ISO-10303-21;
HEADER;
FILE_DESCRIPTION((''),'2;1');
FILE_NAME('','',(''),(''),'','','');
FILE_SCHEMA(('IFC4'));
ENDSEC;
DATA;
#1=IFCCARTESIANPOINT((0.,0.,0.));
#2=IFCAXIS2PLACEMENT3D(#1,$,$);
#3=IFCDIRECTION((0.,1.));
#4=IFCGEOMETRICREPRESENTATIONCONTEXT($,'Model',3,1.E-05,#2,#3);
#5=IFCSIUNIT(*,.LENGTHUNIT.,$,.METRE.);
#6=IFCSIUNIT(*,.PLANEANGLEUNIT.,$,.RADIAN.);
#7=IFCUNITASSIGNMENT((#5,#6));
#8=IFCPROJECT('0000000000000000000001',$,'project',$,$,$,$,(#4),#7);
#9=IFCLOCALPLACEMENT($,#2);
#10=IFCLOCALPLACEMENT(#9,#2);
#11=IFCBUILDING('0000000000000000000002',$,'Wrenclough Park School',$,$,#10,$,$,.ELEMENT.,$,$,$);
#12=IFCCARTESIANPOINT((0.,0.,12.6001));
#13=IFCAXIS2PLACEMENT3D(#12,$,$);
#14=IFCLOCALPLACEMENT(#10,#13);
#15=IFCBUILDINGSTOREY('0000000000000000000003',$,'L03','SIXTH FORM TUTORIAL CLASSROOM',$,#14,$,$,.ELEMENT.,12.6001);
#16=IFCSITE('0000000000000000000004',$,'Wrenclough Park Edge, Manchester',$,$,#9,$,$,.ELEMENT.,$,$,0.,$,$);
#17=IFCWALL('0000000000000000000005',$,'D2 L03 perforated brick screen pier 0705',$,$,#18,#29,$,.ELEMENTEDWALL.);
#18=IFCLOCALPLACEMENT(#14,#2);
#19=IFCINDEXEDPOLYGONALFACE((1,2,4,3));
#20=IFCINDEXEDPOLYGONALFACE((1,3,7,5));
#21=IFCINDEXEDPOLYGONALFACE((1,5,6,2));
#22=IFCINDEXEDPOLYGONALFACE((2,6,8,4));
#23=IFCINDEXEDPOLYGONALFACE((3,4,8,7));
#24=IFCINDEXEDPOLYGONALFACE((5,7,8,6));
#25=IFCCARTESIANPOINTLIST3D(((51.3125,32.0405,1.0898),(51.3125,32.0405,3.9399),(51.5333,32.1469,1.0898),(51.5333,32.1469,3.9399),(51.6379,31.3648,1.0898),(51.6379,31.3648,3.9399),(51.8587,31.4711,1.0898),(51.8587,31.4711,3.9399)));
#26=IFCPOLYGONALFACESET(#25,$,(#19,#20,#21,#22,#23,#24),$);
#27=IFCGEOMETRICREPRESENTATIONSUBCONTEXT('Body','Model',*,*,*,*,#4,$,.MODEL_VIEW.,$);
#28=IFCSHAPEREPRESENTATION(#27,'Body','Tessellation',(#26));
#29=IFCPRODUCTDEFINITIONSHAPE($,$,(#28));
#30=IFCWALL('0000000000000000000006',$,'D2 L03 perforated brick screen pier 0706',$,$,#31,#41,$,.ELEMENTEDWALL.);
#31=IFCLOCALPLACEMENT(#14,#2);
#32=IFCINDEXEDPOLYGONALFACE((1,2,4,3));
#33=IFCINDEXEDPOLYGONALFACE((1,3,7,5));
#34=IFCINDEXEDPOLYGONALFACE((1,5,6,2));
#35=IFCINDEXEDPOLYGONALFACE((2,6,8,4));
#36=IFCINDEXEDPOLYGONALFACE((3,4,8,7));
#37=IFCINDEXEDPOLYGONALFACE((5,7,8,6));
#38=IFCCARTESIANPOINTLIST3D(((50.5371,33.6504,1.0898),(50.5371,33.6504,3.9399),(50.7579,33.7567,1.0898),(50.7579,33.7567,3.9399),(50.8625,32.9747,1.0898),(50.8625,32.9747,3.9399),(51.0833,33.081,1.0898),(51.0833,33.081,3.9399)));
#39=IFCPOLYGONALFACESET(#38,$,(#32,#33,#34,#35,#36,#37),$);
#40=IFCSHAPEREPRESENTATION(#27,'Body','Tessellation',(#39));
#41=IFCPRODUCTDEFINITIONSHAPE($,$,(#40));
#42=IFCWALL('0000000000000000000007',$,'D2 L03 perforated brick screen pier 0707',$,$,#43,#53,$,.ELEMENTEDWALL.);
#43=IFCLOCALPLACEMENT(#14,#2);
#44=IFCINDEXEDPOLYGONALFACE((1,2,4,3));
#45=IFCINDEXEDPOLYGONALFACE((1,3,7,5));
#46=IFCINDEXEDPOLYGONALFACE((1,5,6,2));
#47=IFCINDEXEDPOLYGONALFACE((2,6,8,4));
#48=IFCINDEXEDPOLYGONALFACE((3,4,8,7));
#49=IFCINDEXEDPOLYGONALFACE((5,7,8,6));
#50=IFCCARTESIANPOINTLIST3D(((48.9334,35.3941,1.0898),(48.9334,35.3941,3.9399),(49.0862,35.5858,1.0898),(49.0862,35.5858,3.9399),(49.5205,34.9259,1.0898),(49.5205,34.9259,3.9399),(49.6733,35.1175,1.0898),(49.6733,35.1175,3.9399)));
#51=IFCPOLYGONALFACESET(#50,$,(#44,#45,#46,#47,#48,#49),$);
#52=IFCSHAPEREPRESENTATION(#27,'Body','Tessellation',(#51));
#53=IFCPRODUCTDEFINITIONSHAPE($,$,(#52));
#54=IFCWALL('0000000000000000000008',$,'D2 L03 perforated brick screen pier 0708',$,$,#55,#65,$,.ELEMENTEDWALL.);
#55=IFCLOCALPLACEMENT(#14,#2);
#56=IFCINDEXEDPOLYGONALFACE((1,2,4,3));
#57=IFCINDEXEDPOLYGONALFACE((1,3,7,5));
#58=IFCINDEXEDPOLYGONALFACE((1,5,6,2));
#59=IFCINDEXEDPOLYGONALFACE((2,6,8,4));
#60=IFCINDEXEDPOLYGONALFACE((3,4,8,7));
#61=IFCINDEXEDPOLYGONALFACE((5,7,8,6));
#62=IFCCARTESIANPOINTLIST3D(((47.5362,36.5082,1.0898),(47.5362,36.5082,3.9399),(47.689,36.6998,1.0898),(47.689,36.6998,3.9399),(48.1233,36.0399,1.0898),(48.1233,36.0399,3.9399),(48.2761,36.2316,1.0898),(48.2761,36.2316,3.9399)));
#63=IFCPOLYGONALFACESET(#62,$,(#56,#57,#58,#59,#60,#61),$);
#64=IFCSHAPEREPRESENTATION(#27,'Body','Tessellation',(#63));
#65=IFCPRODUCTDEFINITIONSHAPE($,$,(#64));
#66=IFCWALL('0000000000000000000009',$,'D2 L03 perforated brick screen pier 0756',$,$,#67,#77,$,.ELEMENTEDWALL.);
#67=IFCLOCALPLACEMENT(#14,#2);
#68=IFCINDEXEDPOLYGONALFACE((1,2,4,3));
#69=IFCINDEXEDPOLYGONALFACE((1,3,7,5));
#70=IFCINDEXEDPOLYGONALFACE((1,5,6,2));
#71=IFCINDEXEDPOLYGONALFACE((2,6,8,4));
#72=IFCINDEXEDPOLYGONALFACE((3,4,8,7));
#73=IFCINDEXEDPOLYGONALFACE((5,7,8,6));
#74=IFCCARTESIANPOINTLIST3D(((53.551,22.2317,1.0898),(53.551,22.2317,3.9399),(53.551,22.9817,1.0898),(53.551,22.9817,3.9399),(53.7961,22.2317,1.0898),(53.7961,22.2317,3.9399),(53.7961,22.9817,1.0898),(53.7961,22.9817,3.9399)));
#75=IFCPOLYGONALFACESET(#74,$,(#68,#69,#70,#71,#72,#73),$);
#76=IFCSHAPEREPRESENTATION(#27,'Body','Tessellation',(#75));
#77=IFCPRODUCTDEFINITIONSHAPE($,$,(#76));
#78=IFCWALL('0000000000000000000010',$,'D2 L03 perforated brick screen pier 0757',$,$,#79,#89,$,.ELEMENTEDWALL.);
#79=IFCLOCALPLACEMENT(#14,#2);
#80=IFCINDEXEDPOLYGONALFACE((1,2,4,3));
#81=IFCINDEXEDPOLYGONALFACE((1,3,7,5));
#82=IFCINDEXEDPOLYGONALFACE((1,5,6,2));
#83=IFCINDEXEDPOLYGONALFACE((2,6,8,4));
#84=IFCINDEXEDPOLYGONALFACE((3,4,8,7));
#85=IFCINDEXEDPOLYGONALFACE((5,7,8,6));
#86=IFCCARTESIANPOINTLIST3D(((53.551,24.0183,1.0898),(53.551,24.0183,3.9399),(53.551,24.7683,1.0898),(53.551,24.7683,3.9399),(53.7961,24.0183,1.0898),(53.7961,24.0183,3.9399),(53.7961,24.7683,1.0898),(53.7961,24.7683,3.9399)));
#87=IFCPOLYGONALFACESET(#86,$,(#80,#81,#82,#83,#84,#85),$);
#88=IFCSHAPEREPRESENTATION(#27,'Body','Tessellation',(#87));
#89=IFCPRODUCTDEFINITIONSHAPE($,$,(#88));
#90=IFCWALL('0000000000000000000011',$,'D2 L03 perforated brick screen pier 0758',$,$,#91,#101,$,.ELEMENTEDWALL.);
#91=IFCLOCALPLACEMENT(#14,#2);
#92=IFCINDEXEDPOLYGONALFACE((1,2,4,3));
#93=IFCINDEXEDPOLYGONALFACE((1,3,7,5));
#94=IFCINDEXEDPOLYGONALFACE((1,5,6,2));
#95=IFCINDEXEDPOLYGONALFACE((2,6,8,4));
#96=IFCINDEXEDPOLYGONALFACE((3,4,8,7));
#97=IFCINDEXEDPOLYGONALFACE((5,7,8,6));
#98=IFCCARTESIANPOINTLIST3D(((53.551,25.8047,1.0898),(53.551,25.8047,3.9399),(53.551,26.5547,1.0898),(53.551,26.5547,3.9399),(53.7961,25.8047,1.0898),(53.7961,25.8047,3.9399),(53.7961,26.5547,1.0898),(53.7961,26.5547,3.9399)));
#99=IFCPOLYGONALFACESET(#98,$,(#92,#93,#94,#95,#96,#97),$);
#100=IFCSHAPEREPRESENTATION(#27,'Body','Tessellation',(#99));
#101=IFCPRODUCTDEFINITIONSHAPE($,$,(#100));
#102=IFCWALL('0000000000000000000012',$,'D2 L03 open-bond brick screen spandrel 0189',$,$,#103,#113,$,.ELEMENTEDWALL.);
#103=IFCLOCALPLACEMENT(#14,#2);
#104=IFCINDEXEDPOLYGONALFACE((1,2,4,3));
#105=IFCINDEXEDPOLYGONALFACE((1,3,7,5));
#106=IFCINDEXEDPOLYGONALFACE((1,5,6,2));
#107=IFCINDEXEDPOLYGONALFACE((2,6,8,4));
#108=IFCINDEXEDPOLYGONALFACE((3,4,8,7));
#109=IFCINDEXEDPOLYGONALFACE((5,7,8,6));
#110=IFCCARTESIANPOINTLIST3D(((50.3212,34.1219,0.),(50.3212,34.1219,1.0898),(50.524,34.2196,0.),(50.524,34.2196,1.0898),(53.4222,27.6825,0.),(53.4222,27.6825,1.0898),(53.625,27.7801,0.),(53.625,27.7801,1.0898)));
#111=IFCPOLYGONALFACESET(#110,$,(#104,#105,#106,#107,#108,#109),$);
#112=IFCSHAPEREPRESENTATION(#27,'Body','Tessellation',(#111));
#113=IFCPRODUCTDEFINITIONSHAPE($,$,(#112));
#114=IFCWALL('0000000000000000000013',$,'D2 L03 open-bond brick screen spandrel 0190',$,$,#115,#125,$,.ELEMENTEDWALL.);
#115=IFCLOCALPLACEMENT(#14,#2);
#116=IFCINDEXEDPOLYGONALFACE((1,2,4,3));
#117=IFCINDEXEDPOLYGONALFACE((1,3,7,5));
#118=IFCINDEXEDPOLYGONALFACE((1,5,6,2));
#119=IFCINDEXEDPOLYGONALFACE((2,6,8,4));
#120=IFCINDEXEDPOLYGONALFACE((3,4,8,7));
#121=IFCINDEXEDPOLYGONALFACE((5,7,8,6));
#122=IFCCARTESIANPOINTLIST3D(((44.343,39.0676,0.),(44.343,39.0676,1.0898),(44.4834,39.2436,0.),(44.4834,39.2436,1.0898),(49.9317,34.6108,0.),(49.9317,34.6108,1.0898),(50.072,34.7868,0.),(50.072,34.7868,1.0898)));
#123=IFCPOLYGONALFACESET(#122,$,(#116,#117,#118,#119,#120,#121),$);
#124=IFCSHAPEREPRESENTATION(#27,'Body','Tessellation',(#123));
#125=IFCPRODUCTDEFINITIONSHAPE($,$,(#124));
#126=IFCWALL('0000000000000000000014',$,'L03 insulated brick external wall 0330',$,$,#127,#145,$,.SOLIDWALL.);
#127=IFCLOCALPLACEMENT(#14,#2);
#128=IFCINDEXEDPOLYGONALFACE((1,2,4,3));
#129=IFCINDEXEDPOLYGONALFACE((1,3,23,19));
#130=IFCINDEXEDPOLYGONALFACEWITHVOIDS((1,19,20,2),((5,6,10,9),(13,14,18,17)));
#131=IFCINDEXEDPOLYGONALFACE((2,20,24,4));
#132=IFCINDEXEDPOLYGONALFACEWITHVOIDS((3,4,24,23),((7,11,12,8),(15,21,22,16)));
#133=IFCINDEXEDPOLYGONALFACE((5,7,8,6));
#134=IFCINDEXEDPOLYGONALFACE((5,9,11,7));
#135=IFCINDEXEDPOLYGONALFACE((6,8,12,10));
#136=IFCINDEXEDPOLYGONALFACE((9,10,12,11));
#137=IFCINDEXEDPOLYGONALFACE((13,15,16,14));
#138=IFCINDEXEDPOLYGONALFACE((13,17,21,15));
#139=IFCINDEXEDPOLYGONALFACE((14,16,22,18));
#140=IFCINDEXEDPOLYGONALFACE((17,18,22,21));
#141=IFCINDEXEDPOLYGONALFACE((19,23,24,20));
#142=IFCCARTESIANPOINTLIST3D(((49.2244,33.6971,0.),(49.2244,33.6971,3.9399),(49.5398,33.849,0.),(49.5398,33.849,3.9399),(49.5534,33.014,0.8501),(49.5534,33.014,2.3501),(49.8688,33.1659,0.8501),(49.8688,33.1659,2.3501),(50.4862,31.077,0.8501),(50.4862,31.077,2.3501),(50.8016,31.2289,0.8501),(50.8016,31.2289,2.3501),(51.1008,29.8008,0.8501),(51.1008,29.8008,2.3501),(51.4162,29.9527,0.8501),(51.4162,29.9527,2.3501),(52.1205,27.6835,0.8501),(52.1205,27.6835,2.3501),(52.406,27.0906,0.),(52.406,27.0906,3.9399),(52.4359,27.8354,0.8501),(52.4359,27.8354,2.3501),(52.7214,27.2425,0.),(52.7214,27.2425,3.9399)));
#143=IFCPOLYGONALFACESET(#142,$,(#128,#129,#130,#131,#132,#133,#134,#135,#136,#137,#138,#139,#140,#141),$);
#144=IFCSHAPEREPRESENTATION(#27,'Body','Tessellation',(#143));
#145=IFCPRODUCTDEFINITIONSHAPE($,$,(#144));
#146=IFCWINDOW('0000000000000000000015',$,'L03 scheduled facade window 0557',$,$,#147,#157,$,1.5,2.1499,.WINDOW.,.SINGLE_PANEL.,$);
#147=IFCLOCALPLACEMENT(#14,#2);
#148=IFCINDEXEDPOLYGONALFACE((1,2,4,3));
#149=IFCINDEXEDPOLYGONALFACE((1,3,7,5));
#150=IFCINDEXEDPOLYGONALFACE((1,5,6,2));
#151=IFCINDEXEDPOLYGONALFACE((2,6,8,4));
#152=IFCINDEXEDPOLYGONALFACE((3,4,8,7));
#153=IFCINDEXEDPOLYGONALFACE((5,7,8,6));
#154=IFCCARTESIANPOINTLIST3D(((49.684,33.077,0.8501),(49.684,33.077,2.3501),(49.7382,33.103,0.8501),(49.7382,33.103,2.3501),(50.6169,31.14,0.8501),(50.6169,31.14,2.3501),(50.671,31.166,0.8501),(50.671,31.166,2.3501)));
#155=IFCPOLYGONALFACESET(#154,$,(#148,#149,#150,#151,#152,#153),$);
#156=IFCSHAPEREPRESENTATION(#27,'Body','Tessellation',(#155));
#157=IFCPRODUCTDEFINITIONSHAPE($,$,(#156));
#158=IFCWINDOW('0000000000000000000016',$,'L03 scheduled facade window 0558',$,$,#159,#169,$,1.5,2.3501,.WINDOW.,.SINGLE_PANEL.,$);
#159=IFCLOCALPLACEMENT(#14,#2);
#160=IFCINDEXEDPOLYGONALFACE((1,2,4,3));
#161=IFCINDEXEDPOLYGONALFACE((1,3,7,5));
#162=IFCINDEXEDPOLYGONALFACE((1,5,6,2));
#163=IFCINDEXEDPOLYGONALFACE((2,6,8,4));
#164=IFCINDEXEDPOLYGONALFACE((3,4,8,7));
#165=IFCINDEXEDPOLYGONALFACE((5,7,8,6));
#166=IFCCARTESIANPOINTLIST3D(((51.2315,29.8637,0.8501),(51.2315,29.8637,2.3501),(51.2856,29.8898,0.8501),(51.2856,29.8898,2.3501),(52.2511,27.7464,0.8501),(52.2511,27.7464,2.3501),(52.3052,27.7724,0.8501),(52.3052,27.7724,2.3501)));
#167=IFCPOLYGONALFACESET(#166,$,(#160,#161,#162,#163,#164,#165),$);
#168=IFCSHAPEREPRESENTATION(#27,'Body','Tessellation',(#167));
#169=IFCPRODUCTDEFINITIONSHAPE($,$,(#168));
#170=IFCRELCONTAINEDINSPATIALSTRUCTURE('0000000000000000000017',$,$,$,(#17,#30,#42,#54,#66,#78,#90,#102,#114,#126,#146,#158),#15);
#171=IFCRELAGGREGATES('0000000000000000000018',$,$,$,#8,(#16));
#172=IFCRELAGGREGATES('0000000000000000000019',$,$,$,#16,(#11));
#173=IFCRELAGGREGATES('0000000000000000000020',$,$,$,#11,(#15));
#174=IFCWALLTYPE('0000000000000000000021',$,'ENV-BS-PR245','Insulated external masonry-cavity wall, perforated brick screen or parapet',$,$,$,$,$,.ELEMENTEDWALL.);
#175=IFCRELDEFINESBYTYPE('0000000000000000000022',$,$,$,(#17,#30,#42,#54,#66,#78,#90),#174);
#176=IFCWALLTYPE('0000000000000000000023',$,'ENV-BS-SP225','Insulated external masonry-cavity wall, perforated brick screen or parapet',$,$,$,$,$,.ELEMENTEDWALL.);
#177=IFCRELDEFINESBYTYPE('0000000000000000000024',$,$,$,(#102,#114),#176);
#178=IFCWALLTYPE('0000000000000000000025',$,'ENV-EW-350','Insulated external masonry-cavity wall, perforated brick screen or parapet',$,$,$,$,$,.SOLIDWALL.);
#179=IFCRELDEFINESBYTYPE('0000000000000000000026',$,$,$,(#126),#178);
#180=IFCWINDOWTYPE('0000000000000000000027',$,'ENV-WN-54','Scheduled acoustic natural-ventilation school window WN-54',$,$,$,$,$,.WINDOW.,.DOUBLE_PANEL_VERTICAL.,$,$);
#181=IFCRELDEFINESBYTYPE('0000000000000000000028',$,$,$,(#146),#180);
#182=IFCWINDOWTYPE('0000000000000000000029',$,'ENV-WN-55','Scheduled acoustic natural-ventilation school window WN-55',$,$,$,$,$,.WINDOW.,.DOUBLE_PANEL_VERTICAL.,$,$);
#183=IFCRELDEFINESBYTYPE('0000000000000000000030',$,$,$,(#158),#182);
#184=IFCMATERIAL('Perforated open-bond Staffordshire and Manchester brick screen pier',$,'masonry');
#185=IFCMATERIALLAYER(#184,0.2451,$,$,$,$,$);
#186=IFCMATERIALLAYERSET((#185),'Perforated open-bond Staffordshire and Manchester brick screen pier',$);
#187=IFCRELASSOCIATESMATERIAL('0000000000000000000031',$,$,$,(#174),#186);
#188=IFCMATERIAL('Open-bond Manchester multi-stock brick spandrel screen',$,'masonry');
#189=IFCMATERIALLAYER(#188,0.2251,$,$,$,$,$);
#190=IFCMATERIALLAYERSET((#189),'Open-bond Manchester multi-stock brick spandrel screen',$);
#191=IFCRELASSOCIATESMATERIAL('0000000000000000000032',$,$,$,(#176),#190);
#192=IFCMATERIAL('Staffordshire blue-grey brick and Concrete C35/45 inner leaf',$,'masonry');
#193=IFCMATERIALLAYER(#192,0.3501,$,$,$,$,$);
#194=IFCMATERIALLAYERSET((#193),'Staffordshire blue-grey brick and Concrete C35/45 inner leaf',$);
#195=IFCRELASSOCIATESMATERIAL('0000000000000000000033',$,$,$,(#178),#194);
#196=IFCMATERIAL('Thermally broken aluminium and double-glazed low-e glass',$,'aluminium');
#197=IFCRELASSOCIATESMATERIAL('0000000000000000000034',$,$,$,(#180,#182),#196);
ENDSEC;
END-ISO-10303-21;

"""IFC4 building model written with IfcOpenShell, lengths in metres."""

from ifc_helpers import new_model, si_unit, direction, frame, frame_2d, origin, place, context, subcontext, project, spatial, rectangle, extrude, material, layer, layer_set, type_object, element, fill, save


model = new_model("IFC4")

# Units and contexts
model_context = context("Model", 3, precision=1e-05, world=origin(), true_north=direction((0.0, 1.0)))
body_context = subcontext(model_context, "Body", "Model", "MODEL_VIEW")
ifc_project = project(units=[si_unit("LENGTHUNIT", "METRE"), si_unit("PLANEANGLEUNIT", "RADIAN")], contexts=[model_context])

# Site, building, storey
site_placement = place(None, origin())
site = spatial("IfcSite", under=ifc_project, at=site_placement, Name="Wrenclough Park Edge, Manchester", CompositionType="ELEMENT", RefElevation=0.0)
building_placement = place(site_placement, origin())
building = spatial("IfcBuilding", under=site, at=building_placement, Name="Wrenclough Park School", CompositionType="ELEMENT")
storey_placement = place(building_placement, frame((0.0, 0.0, 12.6001)))
storey = spatial("IfcBuildingStorey", under=building, at=storey_placement, Name="L03", Description="SIXTH FORM TUTORIAL CLASSROOM", CompositionType="ELEMENT", Elevation=12.6001)

# Walls
ifc_material_1 = material(Name="Perforated open-bond Staffordshire and Manchester brick screen pier", Category="masonry")
ifc_layer_1 = layer(ifc_material_1, 0.2451)
ifc_layer_set_1 = layer_set([ifc_layer_1], Name="Perforated open-bond Staffordshire and Manchester brick screen pier")
wall_type_1 = type_object("IfcWallType", Name="ENV-BS-PR245", Description="Insulated external masonry-cavity wall, perforated brick screen or parapet", PredefinedType="ELEMENTEDWALL", material=ifc_layer_set_1)
for number, where, z_axis, x_axis, name in (
    (1, (51.7483, 31.418, 1.0898), (0.0, 0.0, 1.0), (-0.433884, 0.900969, 0.0), "D2 L03 perforated brick screen pier 0705"),
    (2, (50.9729, 33.0278, 1.0898), (0.0, 0.0, 1.0), (-0.433884, 0.900969, 0.0), "D2 L03 perforated brick screen pier 0706"),
):
    element("IfcWall", number, at=place(storey_placement, frame(where, z_axis=z_axis, x_axis=x_axis)), inside=storey, type_object=wall_type_1, Name=name, PredefinedType="ELEMENTEDWALL", context=body_context, shape_type="SweptSolid", body=[
        extrude(rectangle(XDim=0.75, YDim=0.2451, at=frame_2d((0.375, 0.0))), origin(), (0.0, 0.0, 1.0), 2.8501),
    ])
for number, where, z_axis, x_axis, name in (
    (3, (49.5969, 35.0217, 1.0898), (0.0, 0.0, 1.0), (-0.781819, 0.623505, 0.0), "D2 L03 perforated brick screen pier 0707"),
    (4, (48.1997, 36.1357, 1.0898), (0.0, 0.0, 1.0), (-0.781819, 0.623505, 0.0), "D2 L03 perforated brick screen pier 0708"),
):
    element("IfcWall", number, at=place(storey_placement, frame(where, z_axis=z_axis, x_axis=x_axis)), inside=storey, type_object=wall_type_1, Name=name, PredefinedType="ELEMENTEDWALL", context=body_context, shape_type="SweptSolid", body=[
        extrude(rectangle(XDim=0.751, YDim=0.2451, at=frame_2d((0.3755, 0.0))), origin(), (0.0, 0.0, 1.0), 2.8501),
    ])
for number, where, z_axis, x_axis, name in (
    (5, (53.6736, 22.2317, 1.0898), (0.0, 0.0, 1.0), (0.0, 1.0, 0.0), "D2 L03 perforated brick screen pier 0756"),
    (6, (53.6736, 24.0183, 1.0898), (0.0, 0.0, 1.0), (0.0, 1.0, 0.0), "D2 L03 perforated brick screen pier 0757"),
    (7, (53.6736, 25.8047, 1.0898), (0.0, 0.0, 1.0), (0.0, 1.0, 0.0), "D2 L03 perforated brick screen pier 0758"),
):
    element("IfcWall", number, at=place(storey_placement, frame(where, z_axis=z_axis, x_axis=x_axis)), inside=storey, type_object=wall_type_1, Name=name, PredefinedType="ELEMENTEDWALL", context=body_context, shape_type="SweptSolid", body=[
        extrude(rectangle(XDim=0.75, YDim=0.2451, at=frame_2d((0.375, 0.0))), origin(), (0.0, 0.0, 1.0), 2.8501),
    ])
ifc_material_2 = material(Name="Open-bond Manchester multi-stock brick spandrel screen", Category="masonry")
ifc_layer_2 = layer(ifc_material_2, 0.2251)
ifc_layer_set_2 = layer_set([ifc_layer_2], Name="Open-bond Manchester multi-stock brick spandrel screen")
wall_type_2 = type_object("IfcWallType", Name="ENV-BS-SP225", Description="Insulated external masonry-cavity wall, perforated brick screen or parapet", PredefinedType="ELEMENTEDWALL", material=ifc_layer_set_2)
wall_1_placement = place(storey_placement, frame((53.5237, 27.7312, 0.0), z_axis=(0.0, 0.0, 1.0), x_axis=(-0.433883, 0.900969, 0.0)))
element("IfcWall", 8, at=wall_1_placement, inside=storey, type_object=wall_type_2, Name="D2 L03 open-bond brick screen spandrel 0189", PredefinedType="ELEMENTEDWALL", context=body_context, shape_type="SweptSolid", body=[
    extrude(rectangle(XDim=7.1472, YDim=0.2251, at=frame_2d((3.5737, 0.0))), origin(), (0.0, 0.0, 1.0), 1.0898),
])
wall_2_placement = place(storey_placement, frame((50.002, 34.6987, 0.0), z_axis=(0.0, 0.0, 1.0), x_axis=(-0.781831, 0.623491, 0.0)))
element("IfcWall", 9, at=wall_2_placement, inside=storey, type_object=wall_type_2, Name="D2 L03 open-bond brick screen spandrel 0190", PredefinedType="ELEMENTEDWALL", context=body_context, shape_type="SweptSolid", body=[
    extrude(rectangle(XDim=7.1482, YDim=0.2251, at=frame_2d((3.5742, 0.0))), origin(), (0.0, 0.0, 1.0), 1.0898),
])

# Wall, openings, windows
ifc_material_3 = material(Name="Staffordshire blue-grey brick and Concrete C35/45 inner leaf", Category="masonry")
ifc_layer_3 = layer(ifc_material_3, 0.3501)
ifc_layer_set_3 = layer_set([ifc_layer_3], Name="Staffordshire blue-grey brick and Concrete C35/45 inner leaf")
wall_type_3 = type_object("IfcWallType", Name="ENV-EW-350", Description="Insulated external masonry-cavity wall, perforated brick screen or parapet", PredefinedType="SOLIDWALL", material=ifc_layer_set_3)
wall_3_placement = place(storey_placement, frame((49.3821, 33.7732, 0.0), z_axis=(0.0, 0.0, 1.0), x_axis=(0.433887, -0.900967, 0.0)))
wall_3 = element("IfcWall", 10, at=wall_3_placement, inside=storey, type_object=wall_type_3, Name="L03 insulated brick external wall 0330", PredefinedType="SOLIDWALL", context=body_context, shape_type="SweptSolid", body=[
    extrude(rectangle(XDim=7.3328, YDim=0.3501, at=frame_2d((3.6665, 0.0))), origin(), (0.0, 0.0, 1.0), 3.9399),
])
opening_1_placement = place(wall_3_placement, frame((0.7583, 0.0, 0.8501)))
opening_1 = element("IfcOpeningElement", 11, at=opening_1_placement, cuts=wall_3, PredefinedType="OPENING", context=body_context, shape_type="SweptSolid", body=[
    extrude(rectangle(XDim=2.1499, YDim=1.5, at=frame_2d((1.075, 0.75))), frame((0.0, 0.1851, 0.0), z_axis=(0.0, -1.0, 0.0), x_axis=(1.0, 0.0, 0.0)), (0.0, 0.0, 1.0), 0.3701),
])
opening_2_placement = place(wall_3_placement, frame((4.3247, 0.0, 0.8501)))
opening_2 = element("IfcOpeningElement", 12, at=opening_2_placement, cuts=wall_3, PredefinedType="OPENING", context=body_context, shape_type="SweptSolid", body=[
    extrude(rectangle(XDim=2.3501, YDim=1.5, at=frame_2d((1.175, 0.75))), frame((0.0, 0.1851, 0.0), z_axis=(0.0, -1.0, 0.0), x_axis=(1.0, 0.0, 0.0)), (0.0, 0.0, 1.0), 0.3701),
])
ifc_material_4 = material(Name="Thermally broken aluminium and double-glazed low-e glass", Category="aluminium")
window_type_1 = type_object("IfcWindowType", Name="ENV-WN-54", Description="Scheduled acoustic natural-ventilation school window WN-54", PartitioningType="DOUBLE_PANEL_VERTICAL", PredefinedType="WINDOW", material=ifc_material_4)
window_1_placement = place(opening_1_placement, origin())
window_1 = element("IfcWindow", 13, at=window_1_placement, inside=storey, type_object=window_type_1, Name="L03 scheduled facade window 0557", OverallHeight=1.5, OverallWidth=2.1499, PartitioningType="SINGLE_PANEL", PredefinedType="WINDOW", context=body_context, shape_type="SweptSolid", body=[
    extrude(rectangle(XDim=2.1499, YDim=1.5, at=frame_2d((1.075, 0.75))), frame((0.0, 0.03, 0.0), z_axis=(0.0, -1.0, 0.0), x_axis=(1.0, 0.0, 0.0)), (0.0, 0.0, 1.0), 0.0601),
])
fill(opening_1, window_1)
window_type_2 = type_object("IfcWindowType", Name="ENV-WN-55", Description="Scheduled acoustic natural-ventilation school window WN-55", PartitioningType="DOUBLE_PANEL_VERTICAL", PredefinedType="WINDOW", material=ifc_material_4)
window_2_placement = place(opening_2_placement, origin())
window_2 = element("IfcWindow", 14, at=window_2_placement, inside=storey, type_object=window_type_2, Name="L03 scheduled facade window 0558", OverallHeight=1.5, OverallWidth=2.3501, PartitioningType="SINGLE_PANEL", PredefinedType="WINDOW", context=body_context, shape_type="SweptSolid", body=[
    extrude(rectangle(XDim=2.3501, YDim=1.5, at=frame_2d((1.175, 0.75))), frame((0.0, 0.03, 0.0), z_axis=(0.0, -1.0, 0.0), x_axis=(1.0, 0.0, 0.0)), (0.0, 0.0, 1.0), 0.0601),
])
fill(opening_2, window_2)

save(model, "model.ifc")
